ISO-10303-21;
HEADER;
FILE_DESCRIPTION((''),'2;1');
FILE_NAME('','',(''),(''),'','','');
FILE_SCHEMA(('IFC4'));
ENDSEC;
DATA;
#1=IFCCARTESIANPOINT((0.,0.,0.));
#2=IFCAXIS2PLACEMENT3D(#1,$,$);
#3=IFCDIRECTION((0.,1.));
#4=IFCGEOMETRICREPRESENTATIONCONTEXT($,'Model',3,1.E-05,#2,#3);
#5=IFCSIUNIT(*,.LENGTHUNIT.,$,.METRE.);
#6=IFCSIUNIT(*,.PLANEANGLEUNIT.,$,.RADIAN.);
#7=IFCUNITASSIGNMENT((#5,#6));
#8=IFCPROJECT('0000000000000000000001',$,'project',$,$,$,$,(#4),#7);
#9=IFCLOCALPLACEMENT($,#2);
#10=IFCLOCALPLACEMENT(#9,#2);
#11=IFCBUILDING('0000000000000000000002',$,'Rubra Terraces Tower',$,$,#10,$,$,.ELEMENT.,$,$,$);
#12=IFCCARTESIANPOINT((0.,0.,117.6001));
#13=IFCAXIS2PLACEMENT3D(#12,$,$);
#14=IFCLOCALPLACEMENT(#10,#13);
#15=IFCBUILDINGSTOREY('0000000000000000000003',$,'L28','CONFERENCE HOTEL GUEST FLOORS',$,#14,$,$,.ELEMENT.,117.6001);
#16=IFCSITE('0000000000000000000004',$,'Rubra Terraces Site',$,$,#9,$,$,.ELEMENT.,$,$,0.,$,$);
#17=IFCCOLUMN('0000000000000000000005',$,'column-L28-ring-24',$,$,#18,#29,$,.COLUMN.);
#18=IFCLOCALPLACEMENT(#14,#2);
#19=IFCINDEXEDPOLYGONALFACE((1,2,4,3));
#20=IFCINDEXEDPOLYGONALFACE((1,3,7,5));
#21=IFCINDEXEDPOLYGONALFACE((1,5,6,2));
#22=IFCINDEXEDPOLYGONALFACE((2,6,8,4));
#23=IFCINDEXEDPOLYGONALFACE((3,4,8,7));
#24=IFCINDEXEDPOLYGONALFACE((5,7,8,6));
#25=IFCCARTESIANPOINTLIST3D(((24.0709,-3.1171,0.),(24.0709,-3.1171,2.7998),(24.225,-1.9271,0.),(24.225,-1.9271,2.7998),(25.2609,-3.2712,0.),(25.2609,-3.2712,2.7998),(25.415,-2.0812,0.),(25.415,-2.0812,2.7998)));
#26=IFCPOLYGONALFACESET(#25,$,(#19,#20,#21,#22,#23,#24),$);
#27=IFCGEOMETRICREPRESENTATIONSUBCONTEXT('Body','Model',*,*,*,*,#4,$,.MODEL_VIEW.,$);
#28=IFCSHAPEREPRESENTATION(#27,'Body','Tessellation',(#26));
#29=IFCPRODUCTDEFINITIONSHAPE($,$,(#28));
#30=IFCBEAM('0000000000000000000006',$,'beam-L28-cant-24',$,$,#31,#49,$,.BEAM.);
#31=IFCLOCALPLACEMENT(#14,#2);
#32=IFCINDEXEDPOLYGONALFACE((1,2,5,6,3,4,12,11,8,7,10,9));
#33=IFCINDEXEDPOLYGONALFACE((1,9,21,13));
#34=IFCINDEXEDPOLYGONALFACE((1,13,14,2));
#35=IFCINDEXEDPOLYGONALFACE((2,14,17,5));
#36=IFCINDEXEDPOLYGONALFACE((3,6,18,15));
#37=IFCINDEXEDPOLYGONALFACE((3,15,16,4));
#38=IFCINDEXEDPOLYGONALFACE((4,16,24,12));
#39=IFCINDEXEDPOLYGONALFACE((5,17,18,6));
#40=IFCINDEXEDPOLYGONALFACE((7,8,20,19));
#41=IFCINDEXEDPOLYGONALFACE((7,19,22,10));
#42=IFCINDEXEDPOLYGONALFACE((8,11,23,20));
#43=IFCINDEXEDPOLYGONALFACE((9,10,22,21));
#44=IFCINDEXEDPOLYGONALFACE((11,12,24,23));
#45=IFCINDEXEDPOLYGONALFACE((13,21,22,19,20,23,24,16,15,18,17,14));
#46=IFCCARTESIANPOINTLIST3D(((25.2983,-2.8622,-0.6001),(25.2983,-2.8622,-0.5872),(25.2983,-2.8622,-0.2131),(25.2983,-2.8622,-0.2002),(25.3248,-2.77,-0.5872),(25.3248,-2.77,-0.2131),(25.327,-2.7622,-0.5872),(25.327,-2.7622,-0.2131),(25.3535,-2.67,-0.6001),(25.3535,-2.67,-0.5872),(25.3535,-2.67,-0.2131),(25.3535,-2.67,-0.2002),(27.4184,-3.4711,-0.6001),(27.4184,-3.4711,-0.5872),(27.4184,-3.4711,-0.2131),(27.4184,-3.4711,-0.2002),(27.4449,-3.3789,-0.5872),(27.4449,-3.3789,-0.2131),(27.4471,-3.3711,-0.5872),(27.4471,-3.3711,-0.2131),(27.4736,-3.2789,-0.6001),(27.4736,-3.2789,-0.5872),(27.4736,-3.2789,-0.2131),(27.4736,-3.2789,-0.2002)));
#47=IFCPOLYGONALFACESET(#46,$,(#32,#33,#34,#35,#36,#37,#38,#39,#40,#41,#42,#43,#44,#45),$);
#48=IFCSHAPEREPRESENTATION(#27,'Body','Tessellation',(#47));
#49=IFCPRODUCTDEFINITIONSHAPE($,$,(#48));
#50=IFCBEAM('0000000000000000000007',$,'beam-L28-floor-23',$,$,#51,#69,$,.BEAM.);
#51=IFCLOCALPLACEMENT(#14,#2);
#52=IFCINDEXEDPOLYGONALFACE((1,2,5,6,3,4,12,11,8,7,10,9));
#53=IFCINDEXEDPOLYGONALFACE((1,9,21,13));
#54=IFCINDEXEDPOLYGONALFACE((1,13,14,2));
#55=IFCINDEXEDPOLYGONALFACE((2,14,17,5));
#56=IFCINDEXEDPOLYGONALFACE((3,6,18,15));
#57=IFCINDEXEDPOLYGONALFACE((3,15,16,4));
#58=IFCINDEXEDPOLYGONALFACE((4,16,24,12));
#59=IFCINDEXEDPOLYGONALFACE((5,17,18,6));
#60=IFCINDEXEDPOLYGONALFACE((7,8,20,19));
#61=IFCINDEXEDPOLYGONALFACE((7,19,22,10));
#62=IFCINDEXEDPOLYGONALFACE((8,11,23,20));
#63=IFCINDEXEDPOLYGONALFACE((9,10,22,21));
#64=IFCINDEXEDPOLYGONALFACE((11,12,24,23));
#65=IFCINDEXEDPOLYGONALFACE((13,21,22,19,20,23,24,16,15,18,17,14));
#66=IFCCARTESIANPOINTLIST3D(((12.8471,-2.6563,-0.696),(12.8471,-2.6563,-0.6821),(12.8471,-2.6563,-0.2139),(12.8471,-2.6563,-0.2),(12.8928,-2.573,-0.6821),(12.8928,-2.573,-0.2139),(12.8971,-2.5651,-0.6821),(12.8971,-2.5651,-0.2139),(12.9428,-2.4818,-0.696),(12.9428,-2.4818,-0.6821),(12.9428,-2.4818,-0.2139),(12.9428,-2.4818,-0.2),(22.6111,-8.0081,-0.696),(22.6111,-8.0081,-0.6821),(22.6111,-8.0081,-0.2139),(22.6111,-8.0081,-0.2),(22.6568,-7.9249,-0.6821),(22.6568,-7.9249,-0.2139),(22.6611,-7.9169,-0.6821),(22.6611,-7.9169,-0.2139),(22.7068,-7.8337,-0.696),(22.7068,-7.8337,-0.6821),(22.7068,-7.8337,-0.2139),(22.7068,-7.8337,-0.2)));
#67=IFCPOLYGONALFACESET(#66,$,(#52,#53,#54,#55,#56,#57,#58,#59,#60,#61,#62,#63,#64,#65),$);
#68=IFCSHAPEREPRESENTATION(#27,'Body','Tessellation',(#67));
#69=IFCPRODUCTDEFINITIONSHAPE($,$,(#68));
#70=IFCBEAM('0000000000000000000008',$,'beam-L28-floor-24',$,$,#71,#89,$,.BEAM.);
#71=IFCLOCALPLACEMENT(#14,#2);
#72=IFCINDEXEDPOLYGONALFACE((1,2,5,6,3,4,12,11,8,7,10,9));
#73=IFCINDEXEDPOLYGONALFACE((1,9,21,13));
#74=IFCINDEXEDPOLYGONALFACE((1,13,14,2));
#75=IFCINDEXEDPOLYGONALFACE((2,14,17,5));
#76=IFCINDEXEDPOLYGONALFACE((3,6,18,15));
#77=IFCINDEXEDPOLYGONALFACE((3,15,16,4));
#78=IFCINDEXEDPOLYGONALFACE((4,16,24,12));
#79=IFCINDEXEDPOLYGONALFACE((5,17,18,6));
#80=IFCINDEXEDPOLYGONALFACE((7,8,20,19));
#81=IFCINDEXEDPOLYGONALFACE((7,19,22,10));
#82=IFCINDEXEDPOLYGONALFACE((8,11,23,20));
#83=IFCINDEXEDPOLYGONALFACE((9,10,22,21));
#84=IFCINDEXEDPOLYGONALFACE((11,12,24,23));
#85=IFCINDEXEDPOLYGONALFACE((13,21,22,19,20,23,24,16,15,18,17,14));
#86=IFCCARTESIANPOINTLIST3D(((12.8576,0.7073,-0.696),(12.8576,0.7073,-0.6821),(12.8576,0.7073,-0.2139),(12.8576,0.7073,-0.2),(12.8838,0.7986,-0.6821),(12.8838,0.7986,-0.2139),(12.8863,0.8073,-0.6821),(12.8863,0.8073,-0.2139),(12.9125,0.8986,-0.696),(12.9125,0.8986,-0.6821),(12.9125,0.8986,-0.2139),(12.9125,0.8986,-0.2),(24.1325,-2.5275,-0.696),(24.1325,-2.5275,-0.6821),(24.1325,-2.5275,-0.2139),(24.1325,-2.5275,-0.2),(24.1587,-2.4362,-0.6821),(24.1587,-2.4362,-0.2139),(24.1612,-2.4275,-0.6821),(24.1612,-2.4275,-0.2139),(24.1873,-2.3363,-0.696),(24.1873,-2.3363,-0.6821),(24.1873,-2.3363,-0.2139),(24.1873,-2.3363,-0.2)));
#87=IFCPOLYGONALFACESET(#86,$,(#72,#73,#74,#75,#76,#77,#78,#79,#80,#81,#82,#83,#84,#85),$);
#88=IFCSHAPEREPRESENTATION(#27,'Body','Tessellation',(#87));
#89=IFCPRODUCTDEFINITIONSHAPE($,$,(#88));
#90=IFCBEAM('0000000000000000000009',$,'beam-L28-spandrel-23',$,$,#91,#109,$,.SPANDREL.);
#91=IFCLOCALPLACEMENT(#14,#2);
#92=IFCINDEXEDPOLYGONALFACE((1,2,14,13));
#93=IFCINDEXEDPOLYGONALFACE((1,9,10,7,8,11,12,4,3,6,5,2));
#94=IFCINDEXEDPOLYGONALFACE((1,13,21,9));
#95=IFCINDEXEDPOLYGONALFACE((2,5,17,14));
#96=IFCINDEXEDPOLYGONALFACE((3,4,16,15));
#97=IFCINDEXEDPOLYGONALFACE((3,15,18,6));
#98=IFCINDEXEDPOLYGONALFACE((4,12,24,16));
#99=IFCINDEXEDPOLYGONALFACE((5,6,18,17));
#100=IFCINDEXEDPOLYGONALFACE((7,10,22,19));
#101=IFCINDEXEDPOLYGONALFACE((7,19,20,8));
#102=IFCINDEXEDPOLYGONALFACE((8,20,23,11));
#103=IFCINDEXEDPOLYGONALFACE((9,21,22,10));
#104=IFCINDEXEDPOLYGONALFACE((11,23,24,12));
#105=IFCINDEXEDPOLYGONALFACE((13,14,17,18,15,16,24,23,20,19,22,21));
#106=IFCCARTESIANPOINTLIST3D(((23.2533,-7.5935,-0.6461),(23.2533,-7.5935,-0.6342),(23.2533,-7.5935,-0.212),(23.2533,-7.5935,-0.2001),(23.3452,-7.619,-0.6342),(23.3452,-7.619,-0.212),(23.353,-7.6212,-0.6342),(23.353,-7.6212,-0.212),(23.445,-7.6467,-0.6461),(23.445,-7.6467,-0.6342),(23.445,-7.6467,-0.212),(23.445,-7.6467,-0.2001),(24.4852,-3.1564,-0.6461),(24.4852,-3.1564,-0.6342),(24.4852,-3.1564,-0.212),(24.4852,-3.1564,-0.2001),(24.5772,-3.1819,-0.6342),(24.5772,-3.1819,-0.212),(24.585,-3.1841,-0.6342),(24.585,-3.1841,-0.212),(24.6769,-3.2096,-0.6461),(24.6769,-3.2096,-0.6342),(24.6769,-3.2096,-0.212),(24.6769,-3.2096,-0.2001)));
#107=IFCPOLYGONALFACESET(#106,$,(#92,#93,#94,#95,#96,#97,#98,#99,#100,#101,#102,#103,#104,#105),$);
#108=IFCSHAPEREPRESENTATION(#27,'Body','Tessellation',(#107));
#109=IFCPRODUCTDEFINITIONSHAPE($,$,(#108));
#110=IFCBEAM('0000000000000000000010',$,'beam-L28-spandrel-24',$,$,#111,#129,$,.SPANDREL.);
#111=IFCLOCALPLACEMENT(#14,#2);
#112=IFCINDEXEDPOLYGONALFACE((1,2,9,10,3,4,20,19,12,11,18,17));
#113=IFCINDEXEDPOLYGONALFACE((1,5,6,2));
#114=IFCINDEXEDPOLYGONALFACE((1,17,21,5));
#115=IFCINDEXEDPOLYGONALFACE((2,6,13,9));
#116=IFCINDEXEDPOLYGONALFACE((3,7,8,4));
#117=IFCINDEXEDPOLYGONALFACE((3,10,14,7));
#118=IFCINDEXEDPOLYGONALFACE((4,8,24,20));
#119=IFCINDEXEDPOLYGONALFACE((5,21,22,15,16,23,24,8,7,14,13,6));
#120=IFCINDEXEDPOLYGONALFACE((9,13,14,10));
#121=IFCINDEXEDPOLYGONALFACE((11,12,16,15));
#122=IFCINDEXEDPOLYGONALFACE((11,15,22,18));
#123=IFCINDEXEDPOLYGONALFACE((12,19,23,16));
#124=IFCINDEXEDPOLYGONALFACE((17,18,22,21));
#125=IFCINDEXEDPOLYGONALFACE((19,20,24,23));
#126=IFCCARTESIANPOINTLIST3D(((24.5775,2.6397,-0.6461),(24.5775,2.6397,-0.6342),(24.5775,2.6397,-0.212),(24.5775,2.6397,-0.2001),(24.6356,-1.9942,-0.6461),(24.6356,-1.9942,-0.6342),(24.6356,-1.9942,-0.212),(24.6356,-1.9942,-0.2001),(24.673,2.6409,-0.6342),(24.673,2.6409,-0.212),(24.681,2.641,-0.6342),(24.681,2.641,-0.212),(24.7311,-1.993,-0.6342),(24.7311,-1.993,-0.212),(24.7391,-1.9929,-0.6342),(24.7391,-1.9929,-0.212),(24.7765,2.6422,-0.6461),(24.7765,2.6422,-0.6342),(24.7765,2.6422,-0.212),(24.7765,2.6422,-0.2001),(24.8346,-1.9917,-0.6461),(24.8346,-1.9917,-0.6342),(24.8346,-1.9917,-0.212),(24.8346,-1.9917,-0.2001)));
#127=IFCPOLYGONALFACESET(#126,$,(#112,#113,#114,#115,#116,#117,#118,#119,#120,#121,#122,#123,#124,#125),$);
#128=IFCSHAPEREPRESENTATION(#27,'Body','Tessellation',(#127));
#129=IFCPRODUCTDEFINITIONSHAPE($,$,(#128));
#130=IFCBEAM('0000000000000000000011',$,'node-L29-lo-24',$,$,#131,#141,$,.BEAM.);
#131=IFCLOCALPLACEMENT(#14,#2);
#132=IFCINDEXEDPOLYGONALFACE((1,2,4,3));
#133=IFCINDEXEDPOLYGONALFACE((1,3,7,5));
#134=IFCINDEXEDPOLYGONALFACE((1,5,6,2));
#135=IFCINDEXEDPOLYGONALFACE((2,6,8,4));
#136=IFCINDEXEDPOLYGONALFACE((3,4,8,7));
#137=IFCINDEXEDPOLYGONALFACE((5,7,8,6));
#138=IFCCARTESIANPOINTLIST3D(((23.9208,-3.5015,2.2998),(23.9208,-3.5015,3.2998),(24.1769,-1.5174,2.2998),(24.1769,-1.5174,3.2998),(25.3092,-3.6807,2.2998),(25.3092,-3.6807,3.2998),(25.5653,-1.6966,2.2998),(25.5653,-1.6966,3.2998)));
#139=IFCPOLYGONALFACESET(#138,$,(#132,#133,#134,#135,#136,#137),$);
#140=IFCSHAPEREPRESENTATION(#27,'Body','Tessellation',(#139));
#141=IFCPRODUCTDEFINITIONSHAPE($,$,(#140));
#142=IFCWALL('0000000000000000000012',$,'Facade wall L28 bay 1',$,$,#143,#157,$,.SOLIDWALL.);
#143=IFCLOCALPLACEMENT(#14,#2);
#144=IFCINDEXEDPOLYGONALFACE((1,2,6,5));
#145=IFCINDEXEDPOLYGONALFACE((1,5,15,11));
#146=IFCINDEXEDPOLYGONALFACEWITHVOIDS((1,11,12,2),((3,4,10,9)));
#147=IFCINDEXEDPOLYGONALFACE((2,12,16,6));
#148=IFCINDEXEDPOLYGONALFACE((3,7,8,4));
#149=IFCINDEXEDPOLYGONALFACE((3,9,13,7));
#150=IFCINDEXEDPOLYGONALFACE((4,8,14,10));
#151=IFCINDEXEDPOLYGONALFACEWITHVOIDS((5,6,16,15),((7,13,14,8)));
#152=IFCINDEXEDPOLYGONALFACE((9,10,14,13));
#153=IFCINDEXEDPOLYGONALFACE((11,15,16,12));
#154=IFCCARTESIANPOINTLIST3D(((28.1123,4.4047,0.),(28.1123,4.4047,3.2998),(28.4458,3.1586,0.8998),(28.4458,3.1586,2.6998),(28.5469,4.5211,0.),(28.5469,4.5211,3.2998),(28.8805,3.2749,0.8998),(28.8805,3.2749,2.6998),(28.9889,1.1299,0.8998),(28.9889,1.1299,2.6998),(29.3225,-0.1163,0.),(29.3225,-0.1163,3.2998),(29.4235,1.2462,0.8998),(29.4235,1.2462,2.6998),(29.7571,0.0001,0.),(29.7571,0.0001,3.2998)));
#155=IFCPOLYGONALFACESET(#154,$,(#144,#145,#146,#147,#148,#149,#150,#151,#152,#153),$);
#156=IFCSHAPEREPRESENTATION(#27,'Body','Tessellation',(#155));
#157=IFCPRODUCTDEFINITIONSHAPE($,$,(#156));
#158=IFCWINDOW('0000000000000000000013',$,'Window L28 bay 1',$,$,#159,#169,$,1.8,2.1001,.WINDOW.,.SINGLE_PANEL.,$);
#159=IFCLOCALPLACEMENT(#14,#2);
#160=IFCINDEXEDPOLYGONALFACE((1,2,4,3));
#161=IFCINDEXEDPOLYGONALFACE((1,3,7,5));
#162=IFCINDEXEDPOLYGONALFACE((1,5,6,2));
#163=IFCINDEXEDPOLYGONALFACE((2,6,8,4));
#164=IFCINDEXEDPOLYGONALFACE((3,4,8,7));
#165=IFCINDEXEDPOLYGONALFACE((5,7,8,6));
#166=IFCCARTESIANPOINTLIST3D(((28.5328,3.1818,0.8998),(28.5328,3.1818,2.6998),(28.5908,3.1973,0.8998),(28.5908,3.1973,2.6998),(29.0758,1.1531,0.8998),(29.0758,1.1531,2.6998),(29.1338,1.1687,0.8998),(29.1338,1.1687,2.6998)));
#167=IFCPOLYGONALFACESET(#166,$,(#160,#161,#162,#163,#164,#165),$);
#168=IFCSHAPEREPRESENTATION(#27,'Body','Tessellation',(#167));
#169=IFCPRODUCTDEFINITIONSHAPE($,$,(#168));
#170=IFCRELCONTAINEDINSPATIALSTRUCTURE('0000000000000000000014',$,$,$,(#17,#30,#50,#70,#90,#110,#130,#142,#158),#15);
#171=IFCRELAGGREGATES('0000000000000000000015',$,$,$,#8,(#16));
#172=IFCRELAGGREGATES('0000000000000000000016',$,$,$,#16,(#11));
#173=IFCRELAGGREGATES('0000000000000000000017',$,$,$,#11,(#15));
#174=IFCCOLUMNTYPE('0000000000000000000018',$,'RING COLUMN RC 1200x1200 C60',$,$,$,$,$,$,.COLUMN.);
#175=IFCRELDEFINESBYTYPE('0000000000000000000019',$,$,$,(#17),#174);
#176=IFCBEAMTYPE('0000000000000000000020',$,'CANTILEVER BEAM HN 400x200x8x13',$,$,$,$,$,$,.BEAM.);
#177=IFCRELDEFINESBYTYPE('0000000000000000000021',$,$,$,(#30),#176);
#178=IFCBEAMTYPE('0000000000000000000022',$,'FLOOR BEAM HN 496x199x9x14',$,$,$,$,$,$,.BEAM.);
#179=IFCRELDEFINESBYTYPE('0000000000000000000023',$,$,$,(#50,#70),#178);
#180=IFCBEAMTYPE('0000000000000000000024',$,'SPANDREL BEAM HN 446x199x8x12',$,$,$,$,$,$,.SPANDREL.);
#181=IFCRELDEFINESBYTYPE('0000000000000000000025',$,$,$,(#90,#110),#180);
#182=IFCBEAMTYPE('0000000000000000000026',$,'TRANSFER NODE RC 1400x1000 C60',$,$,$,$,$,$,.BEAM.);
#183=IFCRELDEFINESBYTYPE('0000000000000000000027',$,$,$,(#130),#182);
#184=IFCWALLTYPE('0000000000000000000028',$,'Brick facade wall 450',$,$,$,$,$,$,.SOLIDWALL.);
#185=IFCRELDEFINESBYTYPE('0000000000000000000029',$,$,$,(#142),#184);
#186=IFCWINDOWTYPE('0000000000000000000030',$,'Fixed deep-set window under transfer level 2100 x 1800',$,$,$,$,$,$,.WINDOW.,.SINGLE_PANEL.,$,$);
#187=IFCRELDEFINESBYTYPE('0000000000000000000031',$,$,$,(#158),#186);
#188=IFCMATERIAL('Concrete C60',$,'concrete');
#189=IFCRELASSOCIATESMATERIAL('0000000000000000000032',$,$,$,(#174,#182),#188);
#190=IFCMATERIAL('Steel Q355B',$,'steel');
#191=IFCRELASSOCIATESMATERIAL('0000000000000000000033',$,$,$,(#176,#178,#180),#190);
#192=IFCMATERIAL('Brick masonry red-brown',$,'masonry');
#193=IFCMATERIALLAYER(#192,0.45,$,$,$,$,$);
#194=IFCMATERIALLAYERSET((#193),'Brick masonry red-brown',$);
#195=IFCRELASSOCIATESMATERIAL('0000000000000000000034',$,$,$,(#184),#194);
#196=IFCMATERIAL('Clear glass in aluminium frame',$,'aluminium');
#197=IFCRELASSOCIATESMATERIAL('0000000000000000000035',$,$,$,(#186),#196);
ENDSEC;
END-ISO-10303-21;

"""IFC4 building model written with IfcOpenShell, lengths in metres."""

from ifc_helpers import new_model, si_unit, direction, frame, frame_2d, origin, origin_2d, place, context, subcontext, project, spatial, rectangle, i_section, extrude, material, layer, layer_set, material_profile, profile_set, type_object, element, fill, save


model = new_model("IFC4")

# Units and contexts
model_context = context("Model", 3, precision=1e-05, world=origin(), true_north=direction((0.0, 1.0)))
body_context = subcontext(model_context, "Body", "Model", "MODEL_VIEW")
ifc_project = project(units=[si_unit("LENGTHUNIT", "METRE"), si_unit("PLANEANGLEUNIT", "RADIAN")], contexts=[model_context])

# Site, building, storey
site_placement = place(None, origin())
site = spatial("IfcSite", under=ifc_project, at=site_placement, Name="Rubra Terraces Site", CompositionType="ELEMENT", RefElevation=0.0)
building_placement = place(site_placement, origin())
building = spatial("IfcBuilding", under=site, at=building_placement, Name="Rubra Terraces Tower", CompositionType="ELEMENT")
storey_placement = place(building_placement, frame((0.0, 0.0, 117.6001)))
storey = spatial("IfcBuildingStorey", under=building, at=storey_placement, Name="L28", Description="CONFERENCE HOTEL GUEST FLOORS", CompositionType="ELEMENT", Elevation=117.6001)

# Column
ifc_material_1 = material(Name="Concrete C60", Category="concrete")
ifc_material_profile_1 = material_profile(ifc_material_1, rectangle(XDim=1.2, YDim=1.2, at=origin_2d()), Name="RC 1200x1200")
ifc_profile_set_1 = profile_set([ifc_material_profile_1], Name="Concrete C60")
column_type = type_object("IfcColumnType", Name="RING COLUMN RC 1200x1200 C60", PredefinedType="COLUMN", material=ifc_profile_set_1)
column_placement = place(storey_placement, frame((24.7429, -2.5991, 0.0), z_axis=(0.0, 0.0, 1.0), x_axis=(0.128444, 0.991717, 0.0)))
element("IfcColumn", 1, at=column_placement, inside=storey, type_object=column_type, Name="column-L28-ring-24", PredefinedType="COLUMN", context=body_context, shape_type="SweptSolid", body=[
    extrude(rectangle(XDim=1.2, YDim=1.2, at=origin_2d()), origin(), (0.0, 0.0, 1.0), 2.7998),
])

# Beams
ifc_material_2 = material(Name="Steel Q355B", Category="steel")
ifc_material_profile_2 = material_profile(ifc_material_2, i_section(OverallWidth=0.2, OverallDepth=0.3999, WebThickness=0.0081, FlangeThickness=0.0129, at=origin_2d()), Name="HN 400x200x8x13")
ifc_profile_set_2 = profile_set([ifc_material_profile_2], Name="Steel Q355B")
beam_type_1 = type_object("IfcBeamType", Name="CANTILEVER BEAM HN 400x200x8x13", PredefinedType="BEAM", material=ifc_profile_set_2)
beam_1_placement = place(storey_placement, frame((25.3259, -2.7661, -0.4001), z_axis=(0.961147, -0.276037, 0.0), x_axis=(0.276037, 0.961147, 0.0)))
element("IfcBeam", 2, at=beam_1_placement, inside=storey, type_object=beam_type_1, Name="beam-L28-cant-24", PredefinedType="BEAM", context=body_context, shape_type="SweptSolid", body=[
    extrude(i_section(OverallWidth=0.2, OverallDepth=0.3999, WebThickness=0.0081, FlangeThickness=0.0129, at=origin_2d()), origin(), (0.0, 0.0, 1.0), 2.2058),
])
ifc_material_profile_3 = material_profile(ifc_material_2, i_section(OverallWidth=0.199, OverallDepth=0.4961, WebThickness=0.009, FlangeThickness=0.0139, at=origin_2d()), Name="HN 496x199x9x14")
ifc_profile_set_3 = profile_set([ifc_material_profile_3], Name="Steel Q355B")
beam_type_2 = type_object("IfcBeamType", Name="FLOOR BEAM HN 496x199x9x14", PredefinedType="BEAM", material=ifc_profile_set_3)
beam_2_placement = place(storey_placement, frame((22.6589, -7.9209, -0.448), z_axis=(-0.876911, 0.480653, 0.0), x_axis=(-0.480653, -0.876911, 0.0)))
element("IfcBeam", 3, at=beam_2_placement, inside=storey, type_object=beam_type_2, Name="beam-L28-floor-23", PredefinedType="BEAM", context=body_context, shape_type="SweptSolid", body=[
    extrude(i_section(OverallWidth=0.199, OverallDepth=0.4961, WebThickness=0.009, FlangeThickness=0.0139, at=origin_2d()), origin(), (0.0, 0.0, 1.0), 11.1345),
])
beam_3_placement = place(storey_placement, frame((24.1599, -2.4319, -0.448), z_axis=(-0.96122, 0.275782, 0.0), x_axis=(-0.275782, -0.96122, 0.0)))
element("IfcBeam", 4, at=beam_3_placement, inside=storey, type_object=beam_type_2, Name="beam-L28-floor-24", PredefinedType="BEAM", context=body_context, shape_type="SweptSolid", body=[
    extrude(i_section(OverallWidth=0.199, OverallDepth=0.4961, WebThickness=0.009, FlangeThickness=0.0139, at=origin_2d()), origin(), (0.0, 0.0, 1.0), 11.7297),
])
ifc_material_profile_4 = material_profile(ifc_material_2, i_section(OverallWidth=0.199, OverallDepth=0.446, WebThickness=0.0081, FlangeThickness=0.012, at=origin_2d()), Name="HN 446x199x8x12")
ifc_profile_set_4 = profile_set([ifc_material_profile_4], Name="Steel Q355B")
beam_type_3 = type_object("IfcBeamType", Name="SPANDREL BEAM HN 446x199x8x12", PredefinedType="SPANDREL", material=ifc_profile_set_4)
beam_4_placement = place(storey_placement, frame((23.3491, -7.6201, -0.4231), z_axis=(0.267529, 0.96355, 0.0), x_axis=(-0.96355, 0.267529, 0.0)))
element("IfcBeam", 5, at=beam_4_placement, inside=storey, type_object=beam_type_3, Name="beam-L28-spandrel-23", PredefinedType="SPANDREL", context=body_context, shape_type="SweptSolid", body=[
    extrude(i_section(OverallWidth=0.199, OverallDepth=0.446, WebThickness=0.0081, FlangeThickness=0.012, at=origin_2d()), origin(), (0.0, 0.0, 1.0), 4.605),
])
beam_5_placement = place(storey_placement, frame((24.7351, -1.9929, -0.4231), z_axis=(-0.012538, 0.999921, 0.0), x_axis=(-0.999921, -0.012538, 0.0)))
element("IfcBeam", 6, at=beam_5_placement, inside=storey, type_object=beam_type_3, Name="beam-L28-spandrel-24", PredefinedType="SPANDREL", context=body_context, shape_type="SweptSolid", body=[
    extrude(i_section(OverallWidth=0.199, OverallDepth=0.446, WebThickness=0.0081, FlangeThickness=0.012, at=origin_2d()), origin(), (0.0, 0.0, 1.0), 4.6343),
])
ifc_material_profile_5 = material_profile(ifc_material_1, rectangle(XDim=1.3999, YDim=1.0, at=origin_2d()), Name="RC 1400x1000")
ifc_profile_set_5 = profile_set([ifc_material_profile_5], Name="Concrete C60")
beam_type_4 = type_object("IfcBeamType", Name="TRANSFER NODE RC 1400x1000 C60", PredefinedType="BEAM", material=ifc_profile_set_5)
beam_6_placement = place(storey_placement, frame((24.615, -3.5911, 2.7998), z_axis=(0.128014, 0.991772, 0.0), x_axis=(-0.991772, 0.128014, 0.0)))
element("IfcBeam", 7, at=beam_6_placement, inside=storey, type_object=beam_type_4, Name="node-L29-lo-24", PredefinedType="BEAM", context=body_context, shape_type="SweptSolid", body=[
    extrude(rectangle(XDim=1.3999, YDim=1.0, at=origin_2d()), origin(), (0.0, 0.0, 1.0), 2.0005),
])

# Wall, opening, window
ifc_material_3 = material(Name="Brick masonry red-brown", Category="masonry")
ifc_layer_1 = layer(ifc_material_3, 0.45)
ifc_layer_set_1 = layer_set([ifc_layer_1], Name="Brick masonry red-brown")
wall_type_1 = type_object("IfcWallType", Name="Brick facade wall 450", PredefinedType="SOLIDWALL", material=ifc_layer_set_1)
wall_1_placement = place(storey_placement, frame((29.5398, -0.0581, 0.0), z_axis=(0.0, 0.0, 1.0), x_axis=(-0.258581, 0.965989, 0.0)))
wall_1 = element("IfcWall", 8, at=wall_1_placement, inside=storey, type_object=wall_type_1, Name="Facade wall L28 bay 1", PredefinedType="SOLIDWALL", context=body_context, shape_type="SweptSolid", body=[
    extrude(rectangle(XDim=4.6802, YDim=0.45, at=frame_2d((2.3401, 0.0))), origin(), (0.0, 0.0, 1.0), 3.2998),
])
opening_1_placement = place(wall_1_placement, frame((1.29, 0.0, 0.8999)))
opening_1 = element("IfcOpeningElement", 9, at=opening_1_placement, cuts=wall_1, PredefinedType="OPENING", context=body_context, shape_type="SweptSolid", body=[
    extrude(rectangle(XDim=2.1001, YDim=1.8, at=frame_2d((1.05, 0.8999))), frame((0.0, 0.2349, 0.0), z_axis=(0.0, -1.0, 0.0), x_axis=(1.0, 0.0, 0.0)), (0.0, 0.0, 1.0), 0.47),
])
ifc_material_4 = material(Name="Clear glass in aluminium frame", Category="aluminium")
window_type = type_object("IfcWindowType", Name="Fixed deep-set window under transfer level 2100 x 1800", PartitioningType="SINGLE_PANEL", PredefinedType="WINDOW", material=ifc_material_4)
window_1_placement = place(opening_1_placement, origin())
window_1 = element("IfcWindow", 10, at=window_1_placement, inside=storey, type_object=window_type, Name="Window L28 bay 1", OverallHeight=1.8, OverallWidth=2.1001, PartitioningType="SINGLE_PANEL", PredefinedType="WINDOW", context=body_context, shape_type="SweptSolid", body=[
    extrude(rectangle(XDim=2.1001, YDim=1.8, at=frame_2d((1.05, 0.8999))), frame((0.0, 0.135, 0.0), z_axis=(0.0, -1.0, 0.0), x_axis=(1.0, 0.0, 0.0)), (0.0, 0.0, 1.0), 0.0601),
])
fill(opening_1, window_1)

save(model, "model.ifc")
